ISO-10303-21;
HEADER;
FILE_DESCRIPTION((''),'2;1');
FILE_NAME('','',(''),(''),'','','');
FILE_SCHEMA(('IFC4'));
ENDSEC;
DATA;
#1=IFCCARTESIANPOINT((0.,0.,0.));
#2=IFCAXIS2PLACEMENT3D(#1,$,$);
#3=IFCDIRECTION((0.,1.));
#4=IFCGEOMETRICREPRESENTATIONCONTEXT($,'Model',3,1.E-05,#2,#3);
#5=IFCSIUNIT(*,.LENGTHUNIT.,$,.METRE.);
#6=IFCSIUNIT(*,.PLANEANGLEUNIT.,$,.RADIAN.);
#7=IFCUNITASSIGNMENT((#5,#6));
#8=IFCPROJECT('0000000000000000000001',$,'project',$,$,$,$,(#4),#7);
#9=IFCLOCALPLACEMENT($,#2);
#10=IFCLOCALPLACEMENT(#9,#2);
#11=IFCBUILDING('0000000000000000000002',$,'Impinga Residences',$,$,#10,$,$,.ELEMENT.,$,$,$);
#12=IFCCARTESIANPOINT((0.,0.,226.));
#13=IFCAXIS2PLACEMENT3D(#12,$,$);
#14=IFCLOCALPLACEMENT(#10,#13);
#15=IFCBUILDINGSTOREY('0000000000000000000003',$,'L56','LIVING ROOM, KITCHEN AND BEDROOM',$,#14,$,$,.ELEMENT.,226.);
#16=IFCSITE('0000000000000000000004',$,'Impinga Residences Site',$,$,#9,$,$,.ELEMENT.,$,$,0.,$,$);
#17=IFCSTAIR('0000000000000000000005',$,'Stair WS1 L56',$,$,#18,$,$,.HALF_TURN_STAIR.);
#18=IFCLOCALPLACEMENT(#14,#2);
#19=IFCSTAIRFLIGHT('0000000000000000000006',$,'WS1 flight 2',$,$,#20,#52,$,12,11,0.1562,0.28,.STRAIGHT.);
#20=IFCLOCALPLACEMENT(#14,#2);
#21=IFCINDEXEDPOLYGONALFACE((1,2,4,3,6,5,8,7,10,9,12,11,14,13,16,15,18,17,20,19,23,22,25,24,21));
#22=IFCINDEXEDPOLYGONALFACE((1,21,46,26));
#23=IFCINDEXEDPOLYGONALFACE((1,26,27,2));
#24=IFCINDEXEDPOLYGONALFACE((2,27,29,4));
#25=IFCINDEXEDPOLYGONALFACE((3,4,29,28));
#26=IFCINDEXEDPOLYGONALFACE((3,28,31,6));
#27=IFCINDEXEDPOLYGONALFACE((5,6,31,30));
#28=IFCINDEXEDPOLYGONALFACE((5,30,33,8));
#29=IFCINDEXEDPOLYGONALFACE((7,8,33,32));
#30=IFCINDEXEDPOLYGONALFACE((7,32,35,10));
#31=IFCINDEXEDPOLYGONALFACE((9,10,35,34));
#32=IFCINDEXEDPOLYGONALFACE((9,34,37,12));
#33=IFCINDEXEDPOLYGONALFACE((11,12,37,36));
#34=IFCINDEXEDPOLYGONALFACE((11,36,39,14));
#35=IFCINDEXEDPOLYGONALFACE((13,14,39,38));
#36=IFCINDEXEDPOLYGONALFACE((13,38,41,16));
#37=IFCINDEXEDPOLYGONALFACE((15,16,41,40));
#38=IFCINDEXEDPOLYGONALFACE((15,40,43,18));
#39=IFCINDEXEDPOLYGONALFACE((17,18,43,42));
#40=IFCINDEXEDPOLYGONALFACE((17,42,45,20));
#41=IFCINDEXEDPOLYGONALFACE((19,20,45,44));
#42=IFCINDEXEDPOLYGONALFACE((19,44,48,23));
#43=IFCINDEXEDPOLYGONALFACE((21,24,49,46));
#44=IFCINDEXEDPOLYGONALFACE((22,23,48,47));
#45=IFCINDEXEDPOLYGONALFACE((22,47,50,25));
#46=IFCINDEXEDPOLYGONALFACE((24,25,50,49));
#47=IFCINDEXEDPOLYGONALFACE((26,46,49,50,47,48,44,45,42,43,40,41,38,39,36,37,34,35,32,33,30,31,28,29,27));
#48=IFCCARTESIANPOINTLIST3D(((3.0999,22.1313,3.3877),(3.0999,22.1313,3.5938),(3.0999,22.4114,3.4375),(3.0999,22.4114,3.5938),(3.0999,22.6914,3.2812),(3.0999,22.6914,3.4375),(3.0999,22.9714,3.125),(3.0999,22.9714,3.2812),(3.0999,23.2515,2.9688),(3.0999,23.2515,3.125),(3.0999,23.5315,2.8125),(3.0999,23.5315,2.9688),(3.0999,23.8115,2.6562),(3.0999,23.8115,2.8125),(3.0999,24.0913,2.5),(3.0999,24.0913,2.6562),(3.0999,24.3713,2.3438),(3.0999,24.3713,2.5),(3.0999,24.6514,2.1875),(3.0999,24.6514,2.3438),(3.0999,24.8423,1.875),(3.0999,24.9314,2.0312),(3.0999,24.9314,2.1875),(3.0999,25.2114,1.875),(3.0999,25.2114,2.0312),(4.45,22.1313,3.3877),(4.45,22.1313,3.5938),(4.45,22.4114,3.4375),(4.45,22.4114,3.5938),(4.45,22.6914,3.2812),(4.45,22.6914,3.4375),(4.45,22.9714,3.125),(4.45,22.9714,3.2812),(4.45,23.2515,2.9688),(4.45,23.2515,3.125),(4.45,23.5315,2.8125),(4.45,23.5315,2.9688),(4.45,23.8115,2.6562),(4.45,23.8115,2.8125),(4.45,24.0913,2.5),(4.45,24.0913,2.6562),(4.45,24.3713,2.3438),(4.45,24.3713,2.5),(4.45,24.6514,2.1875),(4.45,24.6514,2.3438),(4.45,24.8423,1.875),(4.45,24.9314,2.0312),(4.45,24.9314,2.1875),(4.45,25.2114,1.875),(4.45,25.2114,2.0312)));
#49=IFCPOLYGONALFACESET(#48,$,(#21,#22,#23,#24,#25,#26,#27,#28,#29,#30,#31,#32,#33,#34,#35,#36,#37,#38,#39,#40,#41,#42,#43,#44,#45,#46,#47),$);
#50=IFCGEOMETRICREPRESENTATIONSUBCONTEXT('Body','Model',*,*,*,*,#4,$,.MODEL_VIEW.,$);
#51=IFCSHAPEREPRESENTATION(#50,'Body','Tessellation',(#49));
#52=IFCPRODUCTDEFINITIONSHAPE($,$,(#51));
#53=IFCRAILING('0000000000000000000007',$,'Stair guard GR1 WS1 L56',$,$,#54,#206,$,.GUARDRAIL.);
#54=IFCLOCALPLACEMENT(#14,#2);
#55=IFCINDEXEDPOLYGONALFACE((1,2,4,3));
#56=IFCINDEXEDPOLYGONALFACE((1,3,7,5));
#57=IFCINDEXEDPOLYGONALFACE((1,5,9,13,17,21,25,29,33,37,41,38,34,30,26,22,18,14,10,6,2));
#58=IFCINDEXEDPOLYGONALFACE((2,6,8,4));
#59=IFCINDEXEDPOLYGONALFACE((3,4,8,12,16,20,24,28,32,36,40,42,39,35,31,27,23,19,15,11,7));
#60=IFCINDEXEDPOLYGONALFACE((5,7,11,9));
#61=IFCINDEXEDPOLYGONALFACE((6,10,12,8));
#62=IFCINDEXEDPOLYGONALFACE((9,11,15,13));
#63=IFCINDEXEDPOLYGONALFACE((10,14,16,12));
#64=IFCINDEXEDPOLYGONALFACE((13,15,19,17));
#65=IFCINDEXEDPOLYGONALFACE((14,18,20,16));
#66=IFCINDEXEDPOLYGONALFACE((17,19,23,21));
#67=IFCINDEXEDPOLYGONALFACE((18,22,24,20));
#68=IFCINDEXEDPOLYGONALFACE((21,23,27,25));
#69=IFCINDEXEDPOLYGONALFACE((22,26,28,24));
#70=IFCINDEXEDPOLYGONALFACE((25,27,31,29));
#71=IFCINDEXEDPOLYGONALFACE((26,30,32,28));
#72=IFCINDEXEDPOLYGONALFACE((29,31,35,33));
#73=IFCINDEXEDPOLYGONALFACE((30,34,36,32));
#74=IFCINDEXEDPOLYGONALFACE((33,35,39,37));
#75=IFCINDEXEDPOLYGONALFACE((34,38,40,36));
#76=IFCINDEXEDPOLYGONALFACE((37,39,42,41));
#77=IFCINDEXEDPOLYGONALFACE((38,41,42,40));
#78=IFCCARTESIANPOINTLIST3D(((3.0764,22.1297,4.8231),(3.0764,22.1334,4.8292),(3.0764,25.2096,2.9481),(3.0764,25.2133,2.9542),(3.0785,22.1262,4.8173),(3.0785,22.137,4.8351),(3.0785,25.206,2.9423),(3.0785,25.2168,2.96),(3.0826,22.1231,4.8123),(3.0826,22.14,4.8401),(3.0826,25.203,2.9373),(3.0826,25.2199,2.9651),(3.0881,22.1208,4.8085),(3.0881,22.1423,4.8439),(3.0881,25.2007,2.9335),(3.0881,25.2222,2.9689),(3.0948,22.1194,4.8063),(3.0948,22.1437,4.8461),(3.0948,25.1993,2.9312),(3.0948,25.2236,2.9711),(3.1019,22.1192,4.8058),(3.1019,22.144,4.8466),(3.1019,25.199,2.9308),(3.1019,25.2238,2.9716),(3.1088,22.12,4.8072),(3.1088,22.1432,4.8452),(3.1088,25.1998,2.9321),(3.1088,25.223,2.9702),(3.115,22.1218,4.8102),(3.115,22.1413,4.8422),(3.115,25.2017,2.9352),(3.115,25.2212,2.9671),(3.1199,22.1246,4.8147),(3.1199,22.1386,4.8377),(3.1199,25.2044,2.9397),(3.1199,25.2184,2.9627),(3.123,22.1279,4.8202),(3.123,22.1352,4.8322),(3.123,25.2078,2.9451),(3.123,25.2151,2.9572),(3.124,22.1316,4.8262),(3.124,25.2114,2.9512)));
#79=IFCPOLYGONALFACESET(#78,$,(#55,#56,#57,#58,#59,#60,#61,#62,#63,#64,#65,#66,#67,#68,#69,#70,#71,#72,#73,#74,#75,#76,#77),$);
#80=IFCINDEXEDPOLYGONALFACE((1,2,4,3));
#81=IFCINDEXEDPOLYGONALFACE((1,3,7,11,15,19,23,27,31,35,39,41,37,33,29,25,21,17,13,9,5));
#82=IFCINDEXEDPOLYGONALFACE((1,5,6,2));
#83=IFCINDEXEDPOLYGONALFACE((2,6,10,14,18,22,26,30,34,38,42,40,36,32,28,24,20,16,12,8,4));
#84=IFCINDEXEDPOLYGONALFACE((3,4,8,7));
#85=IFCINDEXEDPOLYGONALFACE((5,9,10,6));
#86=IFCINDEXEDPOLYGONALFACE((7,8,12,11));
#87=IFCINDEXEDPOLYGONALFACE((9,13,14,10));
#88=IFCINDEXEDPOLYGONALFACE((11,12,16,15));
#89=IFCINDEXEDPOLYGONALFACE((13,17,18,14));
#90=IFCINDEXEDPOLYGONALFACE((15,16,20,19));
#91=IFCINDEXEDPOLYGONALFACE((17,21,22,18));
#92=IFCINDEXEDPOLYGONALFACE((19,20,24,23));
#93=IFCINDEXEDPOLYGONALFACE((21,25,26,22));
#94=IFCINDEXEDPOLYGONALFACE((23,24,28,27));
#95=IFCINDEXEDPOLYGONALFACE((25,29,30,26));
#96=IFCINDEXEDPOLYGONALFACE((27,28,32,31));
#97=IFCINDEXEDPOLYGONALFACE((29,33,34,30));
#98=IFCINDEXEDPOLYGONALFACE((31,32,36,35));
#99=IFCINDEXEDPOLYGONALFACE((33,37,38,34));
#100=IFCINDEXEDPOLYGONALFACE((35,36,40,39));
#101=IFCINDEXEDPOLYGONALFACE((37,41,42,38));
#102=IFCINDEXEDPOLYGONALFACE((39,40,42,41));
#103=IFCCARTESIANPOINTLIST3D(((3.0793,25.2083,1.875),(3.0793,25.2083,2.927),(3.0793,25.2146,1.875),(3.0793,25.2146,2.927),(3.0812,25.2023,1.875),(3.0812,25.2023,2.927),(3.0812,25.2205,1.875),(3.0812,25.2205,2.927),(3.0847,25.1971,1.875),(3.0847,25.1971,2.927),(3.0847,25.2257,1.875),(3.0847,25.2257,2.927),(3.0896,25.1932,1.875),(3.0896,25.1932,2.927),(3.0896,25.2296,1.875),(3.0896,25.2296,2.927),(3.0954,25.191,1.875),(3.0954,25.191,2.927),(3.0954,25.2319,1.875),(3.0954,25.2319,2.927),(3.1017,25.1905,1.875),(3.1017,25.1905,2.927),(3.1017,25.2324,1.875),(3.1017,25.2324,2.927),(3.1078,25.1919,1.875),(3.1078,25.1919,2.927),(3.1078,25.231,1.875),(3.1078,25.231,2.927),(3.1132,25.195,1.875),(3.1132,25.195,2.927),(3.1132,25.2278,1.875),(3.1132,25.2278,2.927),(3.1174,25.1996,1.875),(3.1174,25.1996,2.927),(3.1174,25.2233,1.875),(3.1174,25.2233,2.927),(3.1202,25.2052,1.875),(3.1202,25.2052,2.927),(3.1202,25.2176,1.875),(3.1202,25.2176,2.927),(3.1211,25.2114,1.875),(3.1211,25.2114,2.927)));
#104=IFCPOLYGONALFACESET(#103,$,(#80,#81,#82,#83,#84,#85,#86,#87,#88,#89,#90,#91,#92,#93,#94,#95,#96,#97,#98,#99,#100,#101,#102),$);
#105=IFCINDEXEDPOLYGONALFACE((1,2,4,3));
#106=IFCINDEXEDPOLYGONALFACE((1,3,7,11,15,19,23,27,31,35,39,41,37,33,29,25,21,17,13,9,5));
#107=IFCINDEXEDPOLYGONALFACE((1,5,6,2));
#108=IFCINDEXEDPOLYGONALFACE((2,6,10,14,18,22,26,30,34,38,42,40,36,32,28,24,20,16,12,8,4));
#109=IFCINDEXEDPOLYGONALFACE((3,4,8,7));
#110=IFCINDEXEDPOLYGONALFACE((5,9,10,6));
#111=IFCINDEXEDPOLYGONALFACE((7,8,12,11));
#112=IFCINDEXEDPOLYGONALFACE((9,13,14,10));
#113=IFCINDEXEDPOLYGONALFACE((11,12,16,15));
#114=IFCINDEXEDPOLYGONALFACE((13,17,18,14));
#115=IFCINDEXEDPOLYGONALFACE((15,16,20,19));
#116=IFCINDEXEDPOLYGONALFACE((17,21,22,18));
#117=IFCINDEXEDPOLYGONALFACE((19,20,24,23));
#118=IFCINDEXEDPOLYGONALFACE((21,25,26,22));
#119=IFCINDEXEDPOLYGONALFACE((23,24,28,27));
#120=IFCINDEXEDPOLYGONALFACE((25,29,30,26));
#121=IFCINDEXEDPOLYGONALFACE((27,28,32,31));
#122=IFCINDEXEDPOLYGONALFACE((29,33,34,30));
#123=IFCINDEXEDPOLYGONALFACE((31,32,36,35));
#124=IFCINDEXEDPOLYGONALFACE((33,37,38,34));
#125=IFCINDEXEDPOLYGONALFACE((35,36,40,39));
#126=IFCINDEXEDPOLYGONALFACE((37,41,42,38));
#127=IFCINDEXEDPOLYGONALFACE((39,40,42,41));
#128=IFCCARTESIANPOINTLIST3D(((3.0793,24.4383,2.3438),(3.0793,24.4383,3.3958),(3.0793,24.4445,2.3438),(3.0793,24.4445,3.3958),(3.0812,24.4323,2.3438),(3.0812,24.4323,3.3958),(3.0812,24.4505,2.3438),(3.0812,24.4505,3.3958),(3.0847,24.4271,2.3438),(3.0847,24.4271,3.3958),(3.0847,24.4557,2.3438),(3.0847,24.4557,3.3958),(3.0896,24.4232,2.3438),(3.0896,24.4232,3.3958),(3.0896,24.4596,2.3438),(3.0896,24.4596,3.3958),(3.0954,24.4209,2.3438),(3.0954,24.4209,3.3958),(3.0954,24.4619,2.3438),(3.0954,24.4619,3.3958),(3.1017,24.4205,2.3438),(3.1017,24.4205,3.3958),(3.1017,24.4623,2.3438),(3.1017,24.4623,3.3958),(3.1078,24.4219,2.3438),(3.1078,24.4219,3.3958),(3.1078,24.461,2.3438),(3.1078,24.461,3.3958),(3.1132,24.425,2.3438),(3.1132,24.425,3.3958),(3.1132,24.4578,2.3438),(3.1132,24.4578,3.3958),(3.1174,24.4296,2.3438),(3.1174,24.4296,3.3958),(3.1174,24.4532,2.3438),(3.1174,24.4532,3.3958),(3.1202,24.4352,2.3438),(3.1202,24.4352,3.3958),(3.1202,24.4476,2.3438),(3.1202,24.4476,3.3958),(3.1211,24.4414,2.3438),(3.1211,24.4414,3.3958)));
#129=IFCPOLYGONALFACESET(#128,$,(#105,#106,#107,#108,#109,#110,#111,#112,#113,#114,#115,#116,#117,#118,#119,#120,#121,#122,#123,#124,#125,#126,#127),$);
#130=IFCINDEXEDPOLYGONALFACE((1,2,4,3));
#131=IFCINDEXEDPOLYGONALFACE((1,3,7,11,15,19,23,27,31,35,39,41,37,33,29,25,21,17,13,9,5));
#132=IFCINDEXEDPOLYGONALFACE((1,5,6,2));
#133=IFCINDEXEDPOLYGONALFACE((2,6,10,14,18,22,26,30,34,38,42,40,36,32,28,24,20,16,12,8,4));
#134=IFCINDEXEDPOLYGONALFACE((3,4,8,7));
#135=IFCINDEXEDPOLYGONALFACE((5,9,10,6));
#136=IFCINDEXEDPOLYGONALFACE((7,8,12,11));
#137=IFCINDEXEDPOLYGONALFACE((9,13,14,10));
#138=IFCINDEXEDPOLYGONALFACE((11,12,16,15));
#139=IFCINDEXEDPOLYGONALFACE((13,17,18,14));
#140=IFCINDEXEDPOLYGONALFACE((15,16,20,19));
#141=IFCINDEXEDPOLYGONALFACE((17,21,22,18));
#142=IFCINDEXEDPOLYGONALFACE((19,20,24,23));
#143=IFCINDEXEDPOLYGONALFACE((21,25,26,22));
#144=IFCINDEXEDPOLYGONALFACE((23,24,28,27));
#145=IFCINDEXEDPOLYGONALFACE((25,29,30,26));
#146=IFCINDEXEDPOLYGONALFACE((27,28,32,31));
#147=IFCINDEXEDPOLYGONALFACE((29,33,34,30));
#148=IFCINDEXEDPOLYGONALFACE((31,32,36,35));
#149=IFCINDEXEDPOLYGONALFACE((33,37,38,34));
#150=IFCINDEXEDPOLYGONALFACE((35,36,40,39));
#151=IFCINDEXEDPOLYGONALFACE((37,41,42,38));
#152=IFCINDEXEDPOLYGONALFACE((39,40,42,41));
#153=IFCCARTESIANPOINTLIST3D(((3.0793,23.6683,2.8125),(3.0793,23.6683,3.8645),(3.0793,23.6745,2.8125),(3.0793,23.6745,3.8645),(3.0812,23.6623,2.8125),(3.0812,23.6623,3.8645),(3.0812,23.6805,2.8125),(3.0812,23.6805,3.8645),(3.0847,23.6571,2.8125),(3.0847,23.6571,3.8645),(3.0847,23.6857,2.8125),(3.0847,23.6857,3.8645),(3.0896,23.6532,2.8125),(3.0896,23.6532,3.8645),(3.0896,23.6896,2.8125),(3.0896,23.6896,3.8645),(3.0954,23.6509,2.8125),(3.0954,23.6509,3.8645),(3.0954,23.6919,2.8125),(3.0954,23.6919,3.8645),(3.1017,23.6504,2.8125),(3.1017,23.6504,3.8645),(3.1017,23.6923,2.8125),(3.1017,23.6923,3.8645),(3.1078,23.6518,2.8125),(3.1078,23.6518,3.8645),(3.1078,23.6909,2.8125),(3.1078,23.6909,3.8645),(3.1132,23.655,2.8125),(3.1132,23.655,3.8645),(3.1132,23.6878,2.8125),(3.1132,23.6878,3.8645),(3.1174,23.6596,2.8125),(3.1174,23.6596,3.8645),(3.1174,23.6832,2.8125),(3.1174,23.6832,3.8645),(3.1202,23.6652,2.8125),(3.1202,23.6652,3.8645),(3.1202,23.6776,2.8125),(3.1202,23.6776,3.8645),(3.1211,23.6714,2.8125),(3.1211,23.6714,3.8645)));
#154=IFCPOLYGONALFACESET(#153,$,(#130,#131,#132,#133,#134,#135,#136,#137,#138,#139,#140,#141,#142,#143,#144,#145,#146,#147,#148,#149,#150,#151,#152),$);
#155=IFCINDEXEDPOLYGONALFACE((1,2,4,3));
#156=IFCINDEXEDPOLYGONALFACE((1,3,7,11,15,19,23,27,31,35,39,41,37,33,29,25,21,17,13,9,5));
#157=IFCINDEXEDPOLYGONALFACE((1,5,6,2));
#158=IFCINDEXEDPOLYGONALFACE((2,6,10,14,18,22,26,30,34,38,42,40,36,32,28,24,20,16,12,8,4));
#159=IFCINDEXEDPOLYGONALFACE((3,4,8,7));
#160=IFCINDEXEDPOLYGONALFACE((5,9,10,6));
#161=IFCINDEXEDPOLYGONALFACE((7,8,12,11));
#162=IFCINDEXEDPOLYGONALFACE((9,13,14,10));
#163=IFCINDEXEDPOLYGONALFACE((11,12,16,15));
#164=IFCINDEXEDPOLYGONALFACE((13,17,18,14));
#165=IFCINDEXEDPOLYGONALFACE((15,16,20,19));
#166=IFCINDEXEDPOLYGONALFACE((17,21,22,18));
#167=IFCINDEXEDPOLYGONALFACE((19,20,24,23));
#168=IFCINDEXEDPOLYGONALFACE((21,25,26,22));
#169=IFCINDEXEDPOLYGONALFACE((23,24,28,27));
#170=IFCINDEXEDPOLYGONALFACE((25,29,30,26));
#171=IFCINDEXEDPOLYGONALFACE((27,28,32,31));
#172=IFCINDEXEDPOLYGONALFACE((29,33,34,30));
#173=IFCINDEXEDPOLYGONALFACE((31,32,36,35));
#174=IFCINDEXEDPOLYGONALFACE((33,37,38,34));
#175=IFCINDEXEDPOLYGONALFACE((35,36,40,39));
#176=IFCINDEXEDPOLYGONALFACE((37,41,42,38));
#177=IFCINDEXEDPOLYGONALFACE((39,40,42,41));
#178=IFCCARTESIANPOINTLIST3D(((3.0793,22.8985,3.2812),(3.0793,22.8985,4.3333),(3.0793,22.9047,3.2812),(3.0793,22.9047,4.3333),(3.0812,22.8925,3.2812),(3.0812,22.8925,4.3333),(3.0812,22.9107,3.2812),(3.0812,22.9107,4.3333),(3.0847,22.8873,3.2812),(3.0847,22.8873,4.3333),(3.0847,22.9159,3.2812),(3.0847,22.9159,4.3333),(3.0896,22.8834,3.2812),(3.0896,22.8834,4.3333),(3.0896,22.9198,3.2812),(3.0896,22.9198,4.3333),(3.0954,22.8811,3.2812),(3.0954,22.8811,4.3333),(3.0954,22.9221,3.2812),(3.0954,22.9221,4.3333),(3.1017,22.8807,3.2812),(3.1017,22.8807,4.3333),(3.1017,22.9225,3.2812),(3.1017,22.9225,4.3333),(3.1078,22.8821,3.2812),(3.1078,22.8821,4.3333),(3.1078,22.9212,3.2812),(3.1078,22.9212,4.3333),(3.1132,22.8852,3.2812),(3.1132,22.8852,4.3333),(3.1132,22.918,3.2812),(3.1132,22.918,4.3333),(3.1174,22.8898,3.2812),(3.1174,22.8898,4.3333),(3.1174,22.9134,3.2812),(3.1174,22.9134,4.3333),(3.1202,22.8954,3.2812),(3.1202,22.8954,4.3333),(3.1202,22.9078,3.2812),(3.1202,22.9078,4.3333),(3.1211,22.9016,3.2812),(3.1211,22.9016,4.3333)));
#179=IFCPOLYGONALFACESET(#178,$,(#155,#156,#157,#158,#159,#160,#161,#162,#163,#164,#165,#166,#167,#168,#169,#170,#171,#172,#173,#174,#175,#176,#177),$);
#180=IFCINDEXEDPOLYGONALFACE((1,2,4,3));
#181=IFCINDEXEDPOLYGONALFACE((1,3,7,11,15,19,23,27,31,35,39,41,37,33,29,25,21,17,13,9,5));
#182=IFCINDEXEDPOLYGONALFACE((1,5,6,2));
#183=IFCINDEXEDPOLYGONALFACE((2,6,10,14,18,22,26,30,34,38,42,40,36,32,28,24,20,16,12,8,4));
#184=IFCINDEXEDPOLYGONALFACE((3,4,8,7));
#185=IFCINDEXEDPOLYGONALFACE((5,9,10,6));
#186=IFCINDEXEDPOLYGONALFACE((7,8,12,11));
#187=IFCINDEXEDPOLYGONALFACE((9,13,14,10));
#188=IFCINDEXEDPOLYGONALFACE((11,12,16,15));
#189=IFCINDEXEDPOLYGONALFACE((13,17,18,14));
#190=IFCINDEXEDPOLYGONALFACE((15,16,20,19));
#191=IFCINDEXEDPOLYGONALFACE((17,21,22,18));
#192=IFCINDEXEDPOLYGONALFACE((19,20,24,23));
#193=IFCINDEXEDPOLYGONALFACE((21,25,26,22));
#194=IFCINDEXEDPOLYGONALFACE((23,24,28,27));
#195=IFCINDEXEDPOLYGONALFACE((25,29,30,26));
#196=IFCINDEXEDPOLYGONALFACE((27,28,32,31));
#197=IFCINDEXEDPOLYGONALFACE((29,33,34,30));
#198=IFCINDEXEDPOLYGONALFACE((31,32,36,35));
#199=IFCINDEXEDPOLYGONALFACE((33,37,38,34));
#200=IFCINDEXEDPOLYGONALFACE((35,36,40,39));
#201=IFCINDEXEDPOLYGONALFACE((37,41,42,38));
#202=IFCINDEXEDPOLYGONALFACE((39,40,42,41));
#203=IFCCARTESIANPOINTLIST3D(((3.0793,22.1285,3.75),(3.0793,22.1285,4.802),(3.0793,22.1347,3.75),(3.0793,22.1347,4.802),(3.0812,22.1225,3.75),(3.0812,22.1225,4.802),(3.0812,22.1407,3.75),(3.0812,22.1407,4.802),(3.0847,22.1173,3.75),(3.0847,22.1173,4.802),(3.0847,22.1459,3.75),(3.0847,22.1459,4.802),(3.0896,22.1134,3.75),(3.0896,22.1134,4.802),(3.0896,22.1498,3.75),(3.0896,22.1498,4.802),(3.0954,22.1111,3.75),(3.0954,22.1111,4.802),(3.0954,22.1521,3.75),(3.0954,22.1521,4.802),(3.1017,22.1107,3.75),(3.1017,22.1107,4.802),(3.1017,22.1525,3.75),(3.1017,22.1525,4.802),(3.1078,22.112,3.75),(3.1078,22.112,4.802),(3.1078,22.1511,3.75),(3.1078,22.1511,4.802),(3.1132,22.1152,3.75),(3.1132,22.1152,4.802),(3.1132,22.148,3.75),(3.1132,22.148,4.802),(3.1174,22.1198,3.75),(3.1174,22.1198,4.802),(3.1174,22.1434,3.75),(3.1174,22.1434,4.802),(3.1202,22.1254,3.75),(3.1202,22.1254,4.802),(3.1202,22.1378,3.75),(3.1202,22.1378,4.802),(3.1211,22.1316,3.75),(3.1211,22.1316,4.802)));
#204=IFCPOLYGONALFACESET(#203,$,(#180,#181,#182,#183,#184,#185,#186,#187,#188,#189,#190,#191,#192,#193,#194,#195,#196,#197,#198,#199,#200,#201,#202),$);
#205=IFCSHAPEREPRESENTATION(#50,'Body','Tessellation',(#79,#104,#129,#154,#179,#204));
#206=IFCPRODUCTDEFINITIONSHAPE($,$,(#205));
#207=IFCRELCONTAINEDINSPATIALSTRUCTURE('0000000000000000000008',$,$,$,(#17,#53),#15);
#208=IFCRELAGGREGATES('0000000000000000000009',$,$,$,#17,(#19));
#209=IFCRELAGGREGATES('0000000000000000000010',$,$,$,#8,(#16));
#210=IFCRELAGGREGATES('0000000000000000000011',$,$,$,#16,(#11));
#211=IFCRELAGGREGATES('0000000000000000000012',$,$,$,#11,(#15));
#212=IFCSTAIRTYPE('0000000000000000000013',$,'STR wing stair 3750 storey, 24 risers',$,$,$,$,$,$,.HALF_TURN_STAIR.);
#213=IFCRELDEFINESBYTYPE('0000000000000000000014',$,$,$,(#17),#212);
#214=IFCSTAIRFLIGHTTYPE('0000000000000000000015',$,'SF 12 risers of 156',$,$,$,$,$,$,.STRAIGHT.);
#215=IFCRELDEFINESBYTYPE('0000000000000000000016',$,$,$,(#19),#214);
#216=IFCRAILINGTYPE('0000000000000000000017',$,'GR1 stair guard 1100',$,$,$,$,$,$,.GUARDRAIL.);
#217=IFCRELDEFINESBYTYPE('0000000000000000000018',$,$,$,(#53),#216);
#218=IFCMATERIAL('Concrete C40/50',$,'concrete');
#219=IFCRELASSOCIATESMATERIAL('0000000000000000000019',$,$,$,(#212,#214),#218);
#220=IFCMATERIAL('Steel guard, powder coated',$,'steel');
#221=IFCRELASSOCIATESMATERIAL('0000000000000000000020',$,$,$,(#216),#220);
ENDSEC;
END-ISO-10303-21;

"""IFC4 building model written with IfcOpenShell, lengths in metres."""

from ifc_helpers import new_model, si_unit, direction, frame, origin, origin_2d, place, context, subcontext, project, spatial, polyline, circle, outline, extrude, material, type_object, element, aggregate, save


model = new_model("IFC4")

# Units and contexts
model_context = context("Model", 3, precision=1e-05, world=origin(), true_north=direction((0.0, 1.0)))
body_context = subcontext(model_context, "Body", "Model", "MODEL_VIEW")
ifc_project = project(units=[si_unit("LENGTHUNIT", "METRE"), si_unit("PLANEANGLEUNIT", "RADIAN")], contexts=[model_context])

# Site, building, storey
site_placement = place(None, origin())
site = spatial("IfcSite", under=ifc_project, at=site_placement, Name="Impinga Residences Site", CompositionType="ELEMENT", RefElevation=0.0)
building_placement = place(site_placement, origin())
building = spatial("IfcBuilding", under=site, at=building_placement, Name="Impinga Residences", CompositionType="ELEMENT")
storey_placement = place(building_placement, frame((0.0, 0.0, 226.0)))
storey = spatial("IfcBuildingStorey", under=building, at=storey_placement, Name="L56", Description="LIVING ROOM, KITCHEN AND BEDROOM", CompositionType="ELEMENT", Elevation=226.0)

# Stair, stair flight
ifc_material_1 = material(Name="Concrete C40/50", Category="concrete")
stair_type = type_object("IfcStairType", Name="STR wing stair 3750 storey, 24 risers", PredefinedType="HALF_TURN_STAIR", material=ifc_material_1)
stair_placement = place(storey_placement, origin())
stair = element("IfcStair", 1, at=stair_placement, inside=storey, type_object=stair_type, Name="Stair WS1 L56", PredefinedType="HALF_TURN_STAIR")
stair_flight_type = type_object("IfcStairFlightType", Name="SF 12 risers of 156", PredefinedType="STRAIGHT", material=ifc_material_1)
stair_flight_1_placement = place(storey_placement, frame((3.7749, 25.2114, 1.875), z_axis=(0.0, 0.0, 1.0), x_axis=(0.0, -1.0, 0.0)))
stair_flight_1 = element("IfcStairFlight", 2, at=stair_flight_1_placement, type_object=stair_flight_type, Name="WS1 flight 2", NumberOfRisers=12, NumberOfTreads=11, PredefinedType="STRAIGHT", RiserHeight=0.1562, TreadLength=0.28, context=body_context, shape_type="SweptSolid", body=[
    extrude(outline(polyline([(0.0, 0.0), (0.0, 0.1562), (0.28, 0.1562), (0.28, 0.3125), (0.5601, 0.3125), (0.5601, 0.4688), (0.8401, 0.4688), (0.8401, 0.625), (1.1201, 0.625), (1.1201, 0.7812), (1.3999, 0.7812), (1.3999, 0.9375), (1.6799, 0.9375), (1.6799, 1.0938), (1.96, 1.0938), (1.96, 1.25), (2.24, 1.25), (2.24, 1.4062), (2.52, 1.4062), (2.52, 1.5625), (2.8, 1.5625), (2.8, 1.7188), (3.0801, 1.7188), (3.0801, 1.875), (3.0801, 1.5127), (0.3691, 0.0), (0.0, 0.0)])), frame((0.0, 0.675, 0.0), z_axis=(0.0, -1.0, 0.0), x_axis=(1.0, 0.0, 0.0)), (0.0, 0.0, 1.0), 1.3501),
])
aggregate(stair, [stair_flight_1])

# Railing
ifc_material_2 = material(Name="Steel guard, powder coated", Category="steel")
railing_type_1 = type_object("IfcRailingType", Name="GR1 stair guard 1100", PredefinedType="GUARDRAIL", material=ifc_material_2)
railing_1_placement = place(storey_placement, frame((3.1001, 25.2114, 1.875)))
element("IfcRailing", 3, at=railing_1_placement, inside=storey, type_object=railing_type_1, Name="Stair guard GR1 WS1 L56", PredefinedType="GUARDRAIL", context=body_context, shape_type="SweptSolid", body=[
    extrude(circle(Radius=0.0239, at=origin_2d()), frame((0.0, 0.0, 1.0762), z_axis=(0.0, -0.854159, 0.520011), x_axis=(1.0, 0.0, 0.0)), (0.0, 0.0, 1.0), 3.6057),
    extrude(circle(Radius=0.021, at=origin_2d()), origin(), (0.0, 0.0, 1.0), 1.052),
    extrude(circle(Radius=0.021, at=origin_2d()), frame((0.0, -0.77, 0.4688)), (0.0, 0.0, 1.0), 1.052),
    extrude(circle(Radius=0.021, at=origin_2d()), frame((0.0, -1.54, 0.9375)), (0.0, 0.0, 1.0), 1.052),
    extrude(circle(Radius=0.021, at=origin_2d()), frame((0.0, -2.3098, 1.4062)), (0.0, 0.0, 1.0), 1.052),
    extrude(circle(Radius=0.021, at=origin_2d()), frame((0.0, -3.0798, 1.875)), (0.0, 0.0, 1.0), 1.052),
])

save(model, "model.ifc")
